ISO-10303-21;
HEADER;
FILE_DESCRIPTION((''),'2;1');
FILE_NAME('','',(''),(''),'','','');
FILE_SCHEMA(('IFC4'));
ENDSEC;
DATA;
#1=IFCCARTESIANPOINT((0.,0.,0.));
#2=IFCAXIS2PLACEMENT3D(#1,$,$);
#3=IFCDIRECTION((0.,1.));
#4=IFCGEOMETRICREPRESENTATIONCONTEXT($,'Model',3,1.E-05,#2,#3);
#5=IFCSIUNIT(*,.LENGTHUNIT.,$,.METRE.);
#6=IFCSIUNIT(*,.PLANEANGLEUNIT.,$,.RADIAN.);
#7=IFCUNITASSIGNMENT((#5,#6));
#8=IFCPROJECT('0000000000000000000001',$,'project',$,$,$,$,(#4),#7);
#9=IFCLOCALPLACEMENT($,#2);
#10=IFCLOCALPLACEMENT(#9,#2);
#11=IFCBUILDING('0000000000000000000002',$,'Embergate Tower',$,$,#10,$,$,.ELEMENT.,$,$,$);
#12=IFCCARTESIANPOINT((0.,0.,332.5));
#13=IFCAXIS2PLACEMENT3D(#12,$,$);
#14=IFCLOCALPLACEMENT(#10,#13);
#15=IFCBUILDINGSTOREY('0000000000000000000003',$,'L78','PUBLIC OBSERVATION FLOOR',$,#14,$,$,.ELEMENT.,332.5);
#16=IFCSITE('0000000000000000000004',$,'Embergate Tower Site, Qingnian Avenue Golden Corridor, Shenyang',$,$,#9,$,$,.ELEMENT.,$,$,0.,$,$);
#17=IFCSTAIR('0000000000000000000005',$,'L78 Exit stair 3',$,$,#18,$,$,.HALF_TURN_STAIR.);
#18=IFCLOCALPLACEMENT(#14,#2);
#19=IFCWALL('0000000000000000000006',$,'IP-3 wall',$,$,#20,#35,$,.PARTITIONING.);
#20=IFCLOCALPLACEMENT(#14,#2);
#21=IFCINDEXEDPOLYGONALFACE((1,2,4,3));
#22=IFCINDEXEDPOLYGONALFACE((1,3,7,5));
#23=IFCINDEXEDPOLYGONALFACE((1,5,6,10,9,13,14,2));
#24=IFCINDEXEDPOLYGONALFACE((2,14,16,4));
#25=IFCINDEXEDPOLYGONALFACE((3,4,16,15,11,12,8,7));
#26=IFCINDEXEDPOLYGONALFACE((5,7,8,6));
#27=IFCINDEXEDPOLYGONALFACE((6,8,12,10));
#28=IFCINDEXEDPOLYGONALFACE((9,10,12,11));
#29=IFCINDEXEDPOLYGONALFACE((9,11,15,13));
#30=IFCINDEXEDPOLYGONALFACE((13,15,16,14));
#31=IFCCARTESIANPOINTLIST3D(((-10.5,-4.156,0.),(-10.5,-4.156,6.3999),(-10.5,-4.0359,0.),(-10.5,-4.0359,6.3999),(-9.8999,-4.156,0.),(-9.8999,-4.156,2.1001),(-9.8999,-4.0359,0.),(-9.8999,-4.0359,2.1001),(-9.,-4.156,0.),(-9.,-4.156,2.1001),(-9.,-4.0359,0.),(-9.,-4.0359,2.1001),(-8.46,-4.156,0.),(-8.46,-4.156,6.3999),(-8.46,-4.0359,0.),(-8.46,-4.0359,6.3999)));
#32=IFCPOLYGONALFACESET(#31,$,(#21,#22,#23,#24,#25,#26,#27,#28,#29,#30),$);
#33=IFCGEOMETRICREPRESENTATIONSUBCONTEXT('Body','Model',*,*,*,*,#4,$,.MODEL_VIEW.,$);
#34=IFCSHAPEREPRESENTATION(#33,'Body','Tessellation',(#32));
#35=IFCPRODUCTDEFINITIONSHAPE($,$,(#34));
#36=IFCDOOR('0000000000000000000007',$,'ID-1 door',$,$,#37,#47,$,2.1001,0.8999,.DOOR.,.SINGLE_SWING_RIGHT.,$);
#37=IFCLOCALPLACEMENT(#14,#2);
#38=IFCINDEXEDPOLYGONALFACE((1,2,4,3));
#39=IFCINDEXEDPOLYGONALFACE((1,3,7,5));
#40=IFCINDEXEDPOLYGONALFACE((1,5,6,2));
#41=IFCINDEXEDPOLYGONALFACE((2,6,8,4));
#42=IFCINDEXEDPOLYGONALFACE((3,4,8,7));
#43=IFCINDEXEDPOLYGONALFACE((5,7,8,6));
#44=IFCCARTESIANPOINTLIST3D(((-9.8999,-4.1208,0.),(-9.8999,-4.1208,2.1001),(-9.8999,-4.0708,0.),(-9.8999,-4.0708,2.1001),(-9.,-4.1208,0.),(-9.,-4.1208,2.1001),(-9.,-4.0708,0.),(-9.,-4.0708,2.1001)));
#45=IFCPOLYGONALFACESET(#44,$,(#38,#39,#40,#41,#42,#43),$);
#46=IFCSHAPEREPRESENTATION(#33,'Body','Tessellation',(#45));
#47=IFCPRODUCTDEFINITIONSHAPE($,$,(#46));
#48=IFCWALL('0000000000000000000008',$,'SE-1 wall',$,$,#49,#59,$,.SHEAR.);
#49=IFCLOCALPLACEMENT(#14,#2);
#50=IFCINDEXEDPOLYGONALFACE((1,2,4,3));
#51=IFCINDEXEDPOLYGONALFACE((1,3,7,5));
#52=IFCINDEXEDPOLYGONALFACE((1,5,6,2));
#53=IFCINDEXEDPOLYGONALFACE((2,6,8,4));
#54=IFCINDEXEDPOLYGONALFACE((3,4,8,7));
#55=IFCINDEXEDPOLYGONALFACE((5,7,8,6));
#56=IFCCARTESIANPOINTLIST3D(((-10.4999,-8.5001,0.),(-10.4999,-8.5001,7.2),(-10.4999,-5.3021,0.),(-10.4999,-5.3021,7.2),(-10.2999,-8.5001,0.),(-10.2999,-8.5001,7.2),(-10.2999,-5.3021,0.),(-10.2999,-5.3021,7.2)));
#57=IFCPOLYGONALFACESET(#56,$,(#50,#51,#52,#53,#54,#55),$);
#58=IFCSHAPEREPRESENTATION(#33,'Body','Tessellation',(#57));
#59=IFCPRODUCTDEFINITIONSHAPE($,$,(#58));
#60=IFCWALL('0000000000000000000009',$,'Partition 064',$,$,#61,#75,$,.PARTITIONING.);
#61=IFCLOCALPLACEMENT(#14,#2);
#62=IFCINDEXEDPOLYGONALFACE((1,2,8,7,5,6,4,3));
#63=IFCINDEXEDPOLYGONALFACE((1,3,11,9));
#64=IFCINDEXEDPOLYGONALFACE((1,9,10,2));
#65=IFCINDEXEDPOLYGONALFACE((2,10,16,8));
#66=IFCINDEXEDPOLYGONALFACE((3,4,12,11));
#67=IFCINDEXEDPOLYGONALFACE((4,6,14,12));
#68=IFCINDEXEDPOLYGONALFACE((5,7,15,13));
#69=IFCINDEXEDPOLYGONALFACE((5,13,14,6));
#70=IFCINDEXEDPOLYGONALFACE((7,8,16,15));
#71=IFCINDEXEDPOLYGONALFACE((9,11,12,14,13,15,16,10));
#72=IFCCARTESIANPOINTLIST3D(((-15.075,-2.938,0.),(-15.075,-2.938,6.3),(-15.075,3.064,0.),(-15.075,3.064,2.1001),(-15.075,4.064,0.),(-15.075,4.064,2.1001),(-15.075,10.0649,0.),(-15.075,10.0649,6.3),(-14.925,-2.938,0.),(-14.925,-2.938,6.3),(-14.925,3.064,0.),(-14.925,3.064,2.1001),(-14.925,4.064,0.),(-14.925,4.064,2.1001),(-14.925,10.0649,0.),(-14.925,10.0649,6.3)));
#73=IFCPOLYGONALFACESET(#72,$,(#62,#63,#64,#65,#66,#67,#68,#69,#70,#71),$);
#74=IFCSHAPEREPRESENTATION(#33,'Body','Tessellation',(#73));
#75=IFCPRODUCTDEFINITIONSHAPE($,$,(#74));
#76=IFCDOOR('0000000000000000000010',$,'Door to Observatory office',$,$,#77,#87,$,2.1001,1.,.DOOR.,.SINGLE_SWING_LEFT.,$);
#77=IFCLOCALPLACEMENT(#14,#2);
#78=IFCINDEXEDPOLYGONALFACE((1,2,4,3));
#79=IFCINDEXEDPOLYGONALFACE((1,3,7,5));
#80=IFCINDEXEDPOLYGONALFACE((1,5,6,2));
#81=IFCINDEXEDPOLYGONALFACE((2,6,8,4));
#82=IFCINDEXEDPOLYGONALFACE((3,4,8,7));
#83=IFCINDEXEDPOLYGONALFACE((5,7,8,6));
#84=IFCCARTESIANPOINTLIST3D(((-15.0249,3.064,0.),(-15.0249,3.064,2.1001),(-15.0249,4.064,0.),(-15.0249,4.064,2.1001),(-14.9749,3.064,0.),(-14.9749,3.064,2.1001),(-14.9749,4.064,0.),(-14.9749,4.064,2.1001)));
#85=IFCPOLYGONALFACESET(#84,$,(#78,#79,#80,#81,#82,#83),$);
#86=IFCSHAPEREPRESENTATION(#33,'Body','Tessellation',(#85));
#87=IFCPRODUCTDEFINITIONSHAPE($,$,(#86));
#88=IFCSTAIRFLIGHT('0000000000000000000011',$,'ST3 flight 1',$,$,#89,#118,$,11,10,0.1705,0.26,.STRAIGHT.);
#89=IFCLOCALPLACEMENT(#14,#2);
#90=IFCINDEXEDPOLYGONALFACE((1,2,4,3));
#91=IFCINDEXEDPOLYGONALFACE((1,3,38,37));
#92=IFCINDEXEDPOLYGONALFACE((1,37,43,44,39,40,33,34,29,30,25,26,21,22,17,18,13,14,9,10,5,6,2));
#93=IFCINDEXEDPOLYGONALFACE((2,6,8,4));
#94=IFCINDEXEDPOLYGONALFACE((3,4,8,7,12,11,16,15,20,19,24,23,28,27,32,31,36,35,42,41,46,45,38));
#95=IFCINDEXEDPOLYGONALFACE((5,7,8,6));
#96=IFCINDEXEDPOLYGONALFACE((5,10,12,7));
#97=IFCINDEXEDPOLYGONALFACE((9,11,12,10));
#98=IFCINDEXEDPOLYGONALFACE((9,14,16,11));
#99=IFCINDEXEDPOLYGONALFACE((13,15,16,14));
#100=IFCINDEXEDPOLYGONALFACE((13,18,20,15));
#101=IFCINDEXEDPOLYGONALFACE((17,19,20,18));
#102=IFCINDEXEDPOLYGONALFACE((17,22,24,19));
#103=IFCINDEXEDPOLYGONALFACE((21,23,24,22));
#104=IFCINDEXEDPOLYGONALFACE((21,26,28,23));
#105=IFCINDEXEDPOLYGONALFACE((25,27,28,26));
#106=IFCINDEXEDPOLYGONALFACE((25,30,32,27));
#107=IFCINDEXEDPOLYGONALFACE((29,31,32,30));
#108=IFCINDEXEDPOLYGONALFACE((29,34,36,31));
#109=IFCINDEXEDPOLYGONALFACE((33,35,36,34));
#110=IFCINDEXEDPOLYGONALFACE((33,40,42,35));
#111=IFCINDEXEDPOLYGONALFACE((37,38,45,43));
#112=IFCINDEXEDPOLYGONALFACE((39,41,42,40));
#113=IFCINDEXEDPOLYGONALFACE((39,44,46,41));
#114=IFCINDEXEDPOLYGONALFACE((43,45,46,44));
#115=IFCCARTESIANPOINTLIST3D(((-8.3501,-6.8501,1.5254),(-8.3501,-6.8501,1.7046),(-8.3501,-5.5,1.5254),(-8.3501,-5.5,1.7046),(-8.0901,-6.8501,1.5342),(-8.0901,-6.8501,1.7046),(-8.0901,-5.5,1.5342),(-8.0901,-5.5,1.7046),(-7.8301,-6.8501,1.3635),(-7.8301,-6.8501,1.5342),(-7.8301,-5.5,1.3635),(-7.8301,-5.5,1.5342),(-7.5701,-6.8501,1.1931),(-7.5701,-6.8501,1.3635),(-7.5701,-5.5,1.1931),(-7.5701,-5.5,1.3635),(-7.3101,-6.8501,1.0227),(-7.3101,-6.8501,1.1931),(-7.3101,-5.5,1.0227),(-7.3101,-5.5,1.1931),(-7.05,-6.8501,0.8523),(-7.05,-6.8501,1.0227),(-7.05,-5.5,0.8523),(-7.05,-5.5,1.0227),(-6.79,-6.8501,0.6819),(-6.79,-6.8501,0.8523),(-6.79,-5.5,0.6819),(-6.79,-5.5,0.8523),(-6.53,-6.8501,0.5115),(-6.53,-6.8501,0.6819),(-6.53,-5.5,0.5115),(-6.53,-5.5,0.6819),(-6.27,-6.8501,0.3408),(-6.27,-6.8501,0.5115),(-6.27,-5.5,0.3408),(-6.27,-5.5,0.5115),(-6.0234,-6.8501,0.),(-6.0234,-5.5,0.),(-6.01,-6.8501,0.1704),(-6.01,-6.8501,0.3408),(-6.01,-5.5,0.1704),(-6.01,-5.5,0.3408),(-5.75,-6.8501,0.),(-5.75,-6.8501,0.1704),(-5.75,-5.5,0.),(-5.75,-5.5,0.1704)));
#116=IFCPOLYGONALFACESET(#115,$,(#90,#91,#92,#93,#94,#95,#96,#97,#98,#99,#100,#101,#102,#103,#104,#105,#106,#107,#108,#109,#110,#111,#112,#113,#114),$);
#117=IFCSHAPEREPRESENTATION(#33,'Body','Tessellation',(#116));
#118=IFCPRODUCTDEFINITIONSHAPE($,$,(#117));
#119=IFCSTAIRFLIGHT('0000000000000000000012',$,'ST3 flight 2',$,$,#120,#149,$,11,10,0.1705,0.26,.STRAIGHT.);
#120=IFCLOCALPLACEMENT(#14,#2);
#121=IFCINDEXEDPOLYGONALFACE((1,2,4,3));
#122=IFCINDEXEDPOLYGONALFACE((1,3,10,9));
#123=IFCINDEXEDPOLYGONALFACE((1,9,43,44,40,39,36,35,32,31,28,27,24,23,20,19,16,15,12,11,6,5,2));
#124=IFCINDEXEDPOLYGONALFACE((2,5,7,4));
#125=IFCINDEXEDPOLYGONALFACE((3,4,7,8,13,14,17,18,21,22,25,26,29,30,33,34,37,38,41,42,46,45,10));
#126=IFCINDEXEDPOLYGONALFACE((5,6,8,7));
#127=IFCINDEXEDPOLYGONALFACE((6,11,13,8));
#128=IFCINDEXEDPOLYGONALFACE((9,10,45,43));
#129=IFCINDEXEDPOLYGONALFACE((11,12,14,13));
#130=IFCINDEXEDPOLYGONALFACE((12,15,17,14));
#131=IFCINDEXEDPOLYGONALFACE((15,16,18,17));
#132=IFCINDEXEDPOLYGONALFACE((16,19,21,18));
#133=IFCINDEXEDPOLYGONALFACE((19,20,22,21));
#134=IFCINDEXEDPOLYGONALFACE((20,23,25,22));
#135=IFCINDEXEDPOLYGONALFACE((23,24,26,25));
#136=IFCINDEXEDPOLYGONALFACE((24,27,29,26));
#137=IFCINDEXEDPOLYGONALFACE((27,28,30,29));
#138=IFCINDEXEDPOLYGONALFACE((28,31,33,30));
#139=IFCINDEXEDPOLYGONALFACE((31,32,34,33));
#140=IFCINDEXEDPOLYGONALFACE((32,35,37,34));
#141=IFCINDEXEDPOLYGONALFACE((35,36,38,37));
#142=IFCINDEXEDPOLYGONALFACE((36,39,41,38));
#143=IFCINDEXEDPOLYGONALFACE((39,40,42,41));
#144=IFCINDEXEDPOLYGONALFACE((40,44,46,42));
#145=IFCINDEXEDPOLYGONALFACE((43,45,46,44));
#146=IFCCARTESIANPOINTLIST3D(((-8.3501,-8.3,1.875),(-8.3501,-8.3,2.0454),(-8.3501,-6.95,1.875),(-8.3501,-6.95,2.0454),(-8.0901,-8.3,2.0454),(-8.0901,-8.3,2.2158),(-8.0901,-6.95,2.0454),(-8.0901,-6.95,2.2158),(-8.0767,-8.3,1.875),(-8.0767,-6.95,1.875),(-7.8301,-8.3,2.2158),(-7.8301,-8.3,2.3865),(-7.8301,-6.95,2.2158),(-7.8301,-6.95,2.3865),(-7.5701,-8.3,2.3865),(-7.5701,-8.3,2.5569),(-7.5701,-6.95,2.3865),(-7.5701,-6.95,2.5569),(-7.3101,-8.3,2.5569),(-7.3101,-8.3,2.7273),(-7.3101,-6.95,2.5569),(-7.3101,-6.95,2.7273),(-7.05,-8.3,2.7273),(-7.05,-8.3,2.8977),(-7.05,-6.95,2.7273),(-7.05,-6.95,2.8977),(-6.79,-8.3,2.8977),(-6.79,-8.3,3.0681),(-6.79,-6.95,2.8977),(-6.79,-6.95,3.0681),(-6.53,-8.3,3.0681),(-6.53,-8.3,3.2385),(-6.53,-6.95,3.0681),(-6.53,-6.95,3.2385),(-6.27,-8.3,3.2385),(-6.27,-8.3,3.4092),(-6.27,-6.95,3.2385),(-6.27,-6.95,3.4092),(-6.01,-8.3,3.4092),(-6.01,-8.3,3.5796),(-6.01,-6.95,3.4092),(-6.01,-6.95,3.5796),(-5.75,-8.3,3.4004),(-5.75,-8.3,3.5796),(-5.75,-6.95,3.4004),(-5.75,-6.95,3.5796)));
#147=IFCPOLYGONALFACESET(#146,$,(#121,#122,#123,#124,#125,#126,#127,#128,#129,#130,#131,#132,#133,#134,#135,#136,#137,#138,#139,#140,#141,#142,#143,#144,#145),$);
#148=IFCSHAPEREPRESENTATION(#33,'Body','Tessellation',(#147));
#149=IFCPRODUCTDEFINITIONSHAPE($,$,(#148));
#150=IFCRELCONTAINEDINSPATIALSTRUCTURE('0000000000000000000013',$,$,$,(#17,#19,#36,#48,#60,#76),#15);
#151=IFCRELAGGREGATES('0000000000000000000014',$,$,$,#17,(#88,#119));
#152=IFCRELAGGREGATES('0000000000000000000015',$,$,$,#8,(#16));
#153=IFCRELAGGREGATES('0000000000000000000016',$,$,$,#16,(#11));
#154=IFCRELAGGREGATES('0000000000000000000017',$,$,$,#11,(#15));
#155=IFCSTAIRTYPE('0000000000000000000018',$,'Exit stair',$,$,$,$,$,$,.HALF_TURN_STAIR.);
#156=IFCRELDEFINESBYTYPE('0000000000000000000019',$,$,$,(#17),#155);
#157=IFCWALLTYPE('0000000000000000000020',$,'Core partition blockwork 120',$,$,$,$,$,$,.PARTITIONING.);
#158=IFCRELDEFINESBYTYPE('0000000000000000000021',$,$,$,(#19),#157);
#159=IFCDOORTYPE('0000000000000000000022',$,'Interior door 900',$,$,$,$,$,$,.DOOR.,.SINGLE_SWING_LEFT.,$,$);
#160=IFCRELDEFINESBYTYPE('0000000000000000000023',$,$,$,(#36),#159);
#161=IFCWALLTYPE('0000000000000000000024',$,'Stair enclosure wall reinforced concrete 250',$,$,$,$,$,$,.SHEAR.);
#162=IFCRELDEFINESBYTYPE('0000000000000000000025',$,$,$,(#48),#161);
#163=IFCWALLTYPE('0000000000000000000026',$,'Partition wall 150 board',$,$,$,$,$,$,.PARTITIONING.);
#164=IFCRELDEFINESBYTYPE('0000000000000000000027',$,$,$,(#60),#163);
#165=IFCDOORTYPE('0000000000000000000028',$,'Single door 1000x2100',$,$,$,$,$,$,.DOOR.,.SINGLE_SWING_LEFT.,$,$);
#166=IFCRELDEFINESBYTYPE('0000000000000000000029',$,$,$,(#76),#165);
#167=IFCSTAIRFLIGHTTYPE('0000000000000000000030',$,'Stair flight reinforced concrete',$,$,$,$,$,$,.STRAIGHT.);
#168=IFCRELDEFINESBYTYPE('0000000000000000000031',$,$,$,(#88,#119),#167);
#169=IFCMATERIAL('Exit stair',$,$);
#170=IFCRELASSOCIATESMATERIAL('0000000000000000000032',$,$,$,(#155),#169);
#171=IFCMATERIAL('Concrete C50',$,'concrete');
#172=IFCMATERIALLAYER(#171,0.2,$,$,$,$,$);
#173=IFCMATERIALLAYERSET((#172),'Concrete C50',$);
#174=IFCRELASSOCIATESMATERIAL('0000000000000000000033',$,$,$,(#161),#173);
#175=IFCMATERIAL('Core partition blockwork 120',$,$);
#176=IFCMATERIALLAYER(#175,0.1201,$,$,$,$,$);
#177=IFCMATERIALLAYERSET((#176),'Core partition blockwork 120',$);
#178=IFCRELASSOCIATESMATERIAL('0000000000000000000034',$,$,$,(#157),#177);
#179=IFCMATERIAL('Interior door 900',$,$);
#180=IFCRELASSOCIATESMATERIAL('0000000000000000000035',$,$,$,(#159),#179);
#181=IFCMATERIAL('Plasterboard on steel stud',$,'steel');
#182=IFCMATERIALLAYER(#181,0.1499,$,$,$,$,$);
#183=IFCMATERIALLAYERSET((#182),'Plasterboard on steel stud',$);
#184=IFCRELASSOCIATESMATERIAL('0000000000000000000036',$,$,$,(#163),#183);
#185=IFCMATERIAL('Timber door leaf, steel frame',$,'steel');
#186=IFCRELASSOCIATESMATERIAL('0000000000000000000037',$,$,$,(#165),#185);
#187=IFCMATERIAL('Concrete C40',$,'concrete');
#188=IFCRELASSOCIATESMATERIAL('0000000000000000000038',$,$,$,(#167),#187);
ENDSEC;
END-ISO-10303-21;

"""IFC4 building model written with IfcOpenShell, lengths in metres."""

from ifc_helpers import new_model, si_unit, direction, frame, frame_2d, origin, place, context, subcontext, project, spatial, polyline, rectangle, outline, extrude, source, transform, mapped, material, layer, layer_set, type_object, element, fill, aggregate, save


model = new_model("IFC4")

# Units and contexts
model_context = context("Model", 3, precision=1e-05, world=origin(), true_north=direction((0.0, 1.0)))
body_context = subcontext(model_context, "Body", "Model", "MODEL_VIEW")
ifc_project = project(units=[si_unit("LENGTHUNIT", "METRE"), si_unit("PLANEANGLEUNIT", "RADIAN")], contexts=[model_context])

# Site, building, storey
site_placement = place(None, origin())
site = spatial("IfcSite", under=ifc_project, at=site_placement, Name="Embergate Tower Site, Qingnian Avenue Golden Corridor, Shenyang", CompositionType="ELEMENT", RefElevation=0.0)
building_placement = place(site_placement, origin())
building = spatial("IfcBuilding", under=site, at=building_placement, Name="Embergate Tower", CompositionType="ELEMENT")
storey_placement = place(building_placement, frame((0.0, 0.0, 332.5)))
storey = spatial("IfcBuildingStorey", under=building, at=storey_placement, Name="L78", Description="PUBLIC OBSERVATION FLOOR", CompositionType="ELEMENT", Elevation=332.5)

# Stair
ifc_material_1 = material(Name="Exit stair")
stair_type = type_object("IfcStairType", Name="Exit stair", PredefinedType="HALF_TURN_STAIR", material=ifc_material_1)
stair_placement = place(storey_placement, origin())
stair = element("IfcStair", 1, at=stair_placement, inside=storey, type_object=stair_type, Name="L78 Exit stair 3", PredefinedType="HALF_TURN_STAIR")
ifc_material_2 = material(Name="Concrete C40", Category="concrete")

# Shared definitions
ifc_material_3 = material(Name="Concrete C50", Category="concrete")
ifc_layer_1 = layer(ifc_material_3, 0.2)
ifc_layer_set_1 = layer_set([ifc_layer_1], Name="Concrete C50")
wall_type_1 = type_object("IfcWallType", Name="Stair enclosure wall reinforced concrete 250", PredefinedType="SHEAR", material=ifc_layer_set_1)

# Shared definitions
ifc_material_4 = material(Name="Core partition blockwork 120")
ifc_layer_2 = layer(ifc_material_4, 0.1201)
ifc_layer_set_2 = layer_set([ifc_layer_2], Name="Core partition blockwork 120")
wall_type_2 = type_object("IfcWallType", Name="Core partition blockwork 120", PredefinedType="PARTITIONING", material=ifc_layer_set_2)
shared_shape_1 = source(origin(), body_context, "Body", "SweptSolid", [
    extrude(rectangle(XDim=0.8999, YDim=2.1001, at=frame_2d((0.45, 1.05))), frame((0.0, 0.0701, 0.0), z_axis=(0.0, -1.0, 0.0), x_axis=(1.0, 0.0, 0.0)), (0.0, 0.0, 1.0), 0.1401),
])
ifc_material_5 = material(Name="Interior door 900")
door_type_1 = type_object("IfcDoorType", Name="Interior door 900", OperationType="SINGLE_SWING_LEFT", PredefinedType="DOOR", material=ifc_material_5)
shared_shape_2 = source(origin(), body_context, "Body", "SweptSolid", [
    extrude(rectangle(XDim=0.8999, YDim=2.1001, at=frame_2d((0.45, 1.05))), frame((0.0, 0.0249, 0.0), z_axis=(0.0, -1.0, 0.0), x_axis=(1.0, 0.0, 0.0)), (0.0, 0.0, 1.0), 0.05),
])

# Wall, opening, door
shared_shape_3 = source(origin(), body_context, "Body", "SweptSolid", [
    extrude(rectangle(XDim=2.04, YDim=0.1201, at=frame_2d((1.02, 0.0))), origin(), (0.0, 0.0, 1.0), 6.3999),
])
wall_1_placement = place(storey_placement, frame((-8.46, -4.0959, 0.0), z_axis=(0.0, 0.0, 1.0), x_axis=(-1.0, 0.0, 0.0)))
wall_1 = element("IfcWall", 2, at=wall_1_placement, inside=storey, type_object=wall_type_2, Name="IP-3 wall", PredefinedType="PARTITIONING", context=body_context, shape_type="MappedRepresentation", body=[
    mapped(shared_shape_3, transform((0.0, 0.0, 0.0))),
])
opening_1_placement = place(wall_1_placement, frame((0.54, 0.0, 0.0)))
opening_1 = element("IfcOpeningElement", 3, at=opening_1_placement, cuts=wall_1, PredefinedType="OPENING", context=body_context, shape_type="MappedRepresentation", body=[
    mapped(shared_shape_1, transform((0.0, 0.0, 0.0))),
])
door_1_placement = place(opening_1_placement, origin())
door_1 = element("IfcDoor", 4, at=door_1_placement, inside=storey, type_object=door_type_1, Name="ID-1 door", OperationType="SINGLE_SWING_RIGHT", OverallHeight=2.1001, OverallWidth=0.8999, PredefinedType="DOOR", context=body_context, shape_type="MappedRepresentation", body=[
    mapped(shared_shape_2, transform((0.0, 0.0, 0.0))),
])
fill(opening_1, door_1)

# Wall
shared_shape_4 = source(origin(), body_context, "Body", "SweptSolid", [
    extrude(rectangle(XDim=3.198, YDim=0.2, at=frame_2d((1.5991, 0.0))), origin(), (0.0, 0.0, 1.0), 7.2),
])
wall_2_placement = place(storey_placement, frame((-10.3999, -5.302, 0.0), z_axis=(0.0, 0.0, 1.0), x_axis=(0.0, -1.0, 0.0)))
element("IfcWall", 5, at=wall_2_placement, inside=storey, type_object=wall_type_1, Name="SE-1 wall", PredefinedType="SHEAR", context=body_context, shape_type="MappedRepresentation", body=[
    mapped(shared_shape_4, transform((0.0, 0.0, 0.0))),
])

# Wall, opening, door
ifc_material_6 = material(Name="Plasterboard on steel stud", Category="steel")
ifc_layer_3 = layer(ifc_material_6, 0.1499)
ifc_layer_set_3 = layer_set([ifc_layer_3], Name="Plasterboard on steel stud")
wall_type_3 = type_object("IfcWallType", Name="Partition wall 150 board", PredefinedType="PARTITIONING", material=ifc_layer_set_3)
shared_shape_5 = source(origin(), body_context, "Body", "SweptSolid", [
    extrude(rectangle(XDim=13.0029, YDim=0.1499, at=frame_2d((6.5015, 0.0))), origin(), (0.0, 0.0, 1.0), 6.3),
])
wall_3_placement = place(storey_placement, frame((-15.0, -2.938, 0.0), z_axis=(0.0, 0.0, 1.0), x_axis=(0.0, 1.0, 0.0)))
wall_3 = element("IfcWall", 6, at=wall_3_placement, inside=storey, type_object=wall_type_3, Name="Partition 064", PredefinedType="PARTITIONING", context=body_context, shape_type="MappedRepresentation", body=[
    mapped(shared_shape_5, transform((0.0, 0.0, 0.0))),
])
shared_shape_6 = source(origin(), body_context, "Body", "SweptSolid", [
    extrude(rectangle(XDim=1.0, YDim=2.1001, at=frame_2d((0.5, 1.05))), frame((0.0, 0.085, 0.0), z_axis=(0.0, -1.0, 0.0), x_axis=(1.0, 0.0, 0.0)), (0.0, 0.0, 1.0), 0.1699),
])
opening_2_placement = place(wall_3_placement, frame((6.002, 0.0, 0.0)))
opening_2 = element("IfcOpeningElement", 7, at=opening_2_placement, cuts=wall_3, PredefinedType="OPENING", context=body_context, shape_type="MappedRepresentation", body=[
    mapped(shared_shape_6, transform((0.0, 0.0, 0.0))),
])
ifc_material_7 = material(Name="Timber door leaf, steel frame", Category="steel")
door_type_2 = type_object("IfcDoorType", Name="Single door 1000x2100", OperationType="SINGLE_SWING_LEFT", PredefinedType="DOOR", material=ifc_material_7)
shared_shape_7 = source(origin(), body_context, "Body", "SweptSolid", [
    extrude(rectangle(XDim=1.0, YDim=2.1001, at=frame_2d((0.5, 1.05))), frame((0.0, 0.0249, 0.0), z_axis=(0.0, -1.0, 0.0), x_axis=(1.0, 0.0, 0.0)), (0.0, 0.0, 1.0), 0.05),
])
door_2_placement = place(opening_2_placement, origin())
door_2 = element("IfcDoor", 8, at=door_2_placement, inside=storey, type_object=door_type_2, Name="Door to Observatory office", OperationType="SINGLE_SWING_LEFT", OverallHeight=2.1001, OverallWidth=1.0, PredefinedType="DOOR", context=body_context, shape_type="MappedRepresentation", body=[
    mapped(shared_shape_7, transform((0.0, 0.0, 0.0))),
])
fill(opening_2, door_2)

# Stair flights
stair_flight_type = type_object("IfcStairFlightType", Name="Stair flight reinforced concrete", PredefinedType="STRAIGHT", material=ifc_material_2)
shared_shape_8 = source(origin(), body_context, "Body", "SweptSolid", [
    extrude(outline(polyline([(0.0, 0.0), (0.0, 0.1704), (0.26, 0.1704), (0.26, 0.3408), (0.52, 0.3408), (0.52, 0.5115), (0.78, 0.5115), (0.78, 0.6819), (1.04, 0.6819), (1.04, 0.8523), (1.3, 0.8523), (1.3, 1.0227), (1.5601, 1.0227), (1.5601, 1.1931), (1.8201, 1.1931), (1.8201, 1.3635), (2.0801, 1.3635), (2.0801, 1.5342), (2.3401, 1.5342), (2.3401, 1.7046), (2.6001, 1.7046), (2.6001, 1.875), (2.6001, 1.5254), (0.2734, 0.0), (0.0, 0.0)])), frame((0.0, 0.675, 0.0), z_axis=(0.0, -1.0, 0.0), x_axis=(1.0, 0.0, 0.0)), (0.0, 0.0, 1.0), 1.3501),
])
stair_flight_1_placement = place(storey_placement, frame((-5.75, -6.175, 0.0), z_axis=(0.0, 0.0, 1.0), x_axis=(-1.0, 0.0, 0.0)))
stair_flight_1 = element("IfcStairFlight", 9, at=stair_flight_1_placement, type_object=stair_flight_type, Name="ST3 flight 1", NumberOfRisers=11, NumberOfTreads=10, PredefinedType="STRAIGHT", RiserHeight=0.1705, TreadLength=0.26, context=body_context, shape_type="MappedRepresentation", body=[
    mapped(shared_shape_8, transform((0.0, 0.0, 0.0))),
])
stair_flight_2_placement = place(storey_placement, frame((-8.3501, -7.625, 1.875), z_axis=(0.0, 0.0, 1.0), x_axis=(1.0, 0.0, 0.0)))
stair_flight_2 = element("IfcStairFlight", 10, at=stair_flight_2_placement, type_object=stair_flight_type, Name="ST3 flight 2", NumberOfRisers=11, NumberOfTreads=10, PredefinedType="STRAIGHT", RiserHeight=0.1705, TreadLength=0.26, context=body_context, shape_type="MappedRepresentation", body=[
    mapped(shared_shape_8, transform((0.0, 0.0, 0.0))),
])
aggregate(stair, [stair_flight_1, stair_flight_2])

save(model, "model.ifc")
